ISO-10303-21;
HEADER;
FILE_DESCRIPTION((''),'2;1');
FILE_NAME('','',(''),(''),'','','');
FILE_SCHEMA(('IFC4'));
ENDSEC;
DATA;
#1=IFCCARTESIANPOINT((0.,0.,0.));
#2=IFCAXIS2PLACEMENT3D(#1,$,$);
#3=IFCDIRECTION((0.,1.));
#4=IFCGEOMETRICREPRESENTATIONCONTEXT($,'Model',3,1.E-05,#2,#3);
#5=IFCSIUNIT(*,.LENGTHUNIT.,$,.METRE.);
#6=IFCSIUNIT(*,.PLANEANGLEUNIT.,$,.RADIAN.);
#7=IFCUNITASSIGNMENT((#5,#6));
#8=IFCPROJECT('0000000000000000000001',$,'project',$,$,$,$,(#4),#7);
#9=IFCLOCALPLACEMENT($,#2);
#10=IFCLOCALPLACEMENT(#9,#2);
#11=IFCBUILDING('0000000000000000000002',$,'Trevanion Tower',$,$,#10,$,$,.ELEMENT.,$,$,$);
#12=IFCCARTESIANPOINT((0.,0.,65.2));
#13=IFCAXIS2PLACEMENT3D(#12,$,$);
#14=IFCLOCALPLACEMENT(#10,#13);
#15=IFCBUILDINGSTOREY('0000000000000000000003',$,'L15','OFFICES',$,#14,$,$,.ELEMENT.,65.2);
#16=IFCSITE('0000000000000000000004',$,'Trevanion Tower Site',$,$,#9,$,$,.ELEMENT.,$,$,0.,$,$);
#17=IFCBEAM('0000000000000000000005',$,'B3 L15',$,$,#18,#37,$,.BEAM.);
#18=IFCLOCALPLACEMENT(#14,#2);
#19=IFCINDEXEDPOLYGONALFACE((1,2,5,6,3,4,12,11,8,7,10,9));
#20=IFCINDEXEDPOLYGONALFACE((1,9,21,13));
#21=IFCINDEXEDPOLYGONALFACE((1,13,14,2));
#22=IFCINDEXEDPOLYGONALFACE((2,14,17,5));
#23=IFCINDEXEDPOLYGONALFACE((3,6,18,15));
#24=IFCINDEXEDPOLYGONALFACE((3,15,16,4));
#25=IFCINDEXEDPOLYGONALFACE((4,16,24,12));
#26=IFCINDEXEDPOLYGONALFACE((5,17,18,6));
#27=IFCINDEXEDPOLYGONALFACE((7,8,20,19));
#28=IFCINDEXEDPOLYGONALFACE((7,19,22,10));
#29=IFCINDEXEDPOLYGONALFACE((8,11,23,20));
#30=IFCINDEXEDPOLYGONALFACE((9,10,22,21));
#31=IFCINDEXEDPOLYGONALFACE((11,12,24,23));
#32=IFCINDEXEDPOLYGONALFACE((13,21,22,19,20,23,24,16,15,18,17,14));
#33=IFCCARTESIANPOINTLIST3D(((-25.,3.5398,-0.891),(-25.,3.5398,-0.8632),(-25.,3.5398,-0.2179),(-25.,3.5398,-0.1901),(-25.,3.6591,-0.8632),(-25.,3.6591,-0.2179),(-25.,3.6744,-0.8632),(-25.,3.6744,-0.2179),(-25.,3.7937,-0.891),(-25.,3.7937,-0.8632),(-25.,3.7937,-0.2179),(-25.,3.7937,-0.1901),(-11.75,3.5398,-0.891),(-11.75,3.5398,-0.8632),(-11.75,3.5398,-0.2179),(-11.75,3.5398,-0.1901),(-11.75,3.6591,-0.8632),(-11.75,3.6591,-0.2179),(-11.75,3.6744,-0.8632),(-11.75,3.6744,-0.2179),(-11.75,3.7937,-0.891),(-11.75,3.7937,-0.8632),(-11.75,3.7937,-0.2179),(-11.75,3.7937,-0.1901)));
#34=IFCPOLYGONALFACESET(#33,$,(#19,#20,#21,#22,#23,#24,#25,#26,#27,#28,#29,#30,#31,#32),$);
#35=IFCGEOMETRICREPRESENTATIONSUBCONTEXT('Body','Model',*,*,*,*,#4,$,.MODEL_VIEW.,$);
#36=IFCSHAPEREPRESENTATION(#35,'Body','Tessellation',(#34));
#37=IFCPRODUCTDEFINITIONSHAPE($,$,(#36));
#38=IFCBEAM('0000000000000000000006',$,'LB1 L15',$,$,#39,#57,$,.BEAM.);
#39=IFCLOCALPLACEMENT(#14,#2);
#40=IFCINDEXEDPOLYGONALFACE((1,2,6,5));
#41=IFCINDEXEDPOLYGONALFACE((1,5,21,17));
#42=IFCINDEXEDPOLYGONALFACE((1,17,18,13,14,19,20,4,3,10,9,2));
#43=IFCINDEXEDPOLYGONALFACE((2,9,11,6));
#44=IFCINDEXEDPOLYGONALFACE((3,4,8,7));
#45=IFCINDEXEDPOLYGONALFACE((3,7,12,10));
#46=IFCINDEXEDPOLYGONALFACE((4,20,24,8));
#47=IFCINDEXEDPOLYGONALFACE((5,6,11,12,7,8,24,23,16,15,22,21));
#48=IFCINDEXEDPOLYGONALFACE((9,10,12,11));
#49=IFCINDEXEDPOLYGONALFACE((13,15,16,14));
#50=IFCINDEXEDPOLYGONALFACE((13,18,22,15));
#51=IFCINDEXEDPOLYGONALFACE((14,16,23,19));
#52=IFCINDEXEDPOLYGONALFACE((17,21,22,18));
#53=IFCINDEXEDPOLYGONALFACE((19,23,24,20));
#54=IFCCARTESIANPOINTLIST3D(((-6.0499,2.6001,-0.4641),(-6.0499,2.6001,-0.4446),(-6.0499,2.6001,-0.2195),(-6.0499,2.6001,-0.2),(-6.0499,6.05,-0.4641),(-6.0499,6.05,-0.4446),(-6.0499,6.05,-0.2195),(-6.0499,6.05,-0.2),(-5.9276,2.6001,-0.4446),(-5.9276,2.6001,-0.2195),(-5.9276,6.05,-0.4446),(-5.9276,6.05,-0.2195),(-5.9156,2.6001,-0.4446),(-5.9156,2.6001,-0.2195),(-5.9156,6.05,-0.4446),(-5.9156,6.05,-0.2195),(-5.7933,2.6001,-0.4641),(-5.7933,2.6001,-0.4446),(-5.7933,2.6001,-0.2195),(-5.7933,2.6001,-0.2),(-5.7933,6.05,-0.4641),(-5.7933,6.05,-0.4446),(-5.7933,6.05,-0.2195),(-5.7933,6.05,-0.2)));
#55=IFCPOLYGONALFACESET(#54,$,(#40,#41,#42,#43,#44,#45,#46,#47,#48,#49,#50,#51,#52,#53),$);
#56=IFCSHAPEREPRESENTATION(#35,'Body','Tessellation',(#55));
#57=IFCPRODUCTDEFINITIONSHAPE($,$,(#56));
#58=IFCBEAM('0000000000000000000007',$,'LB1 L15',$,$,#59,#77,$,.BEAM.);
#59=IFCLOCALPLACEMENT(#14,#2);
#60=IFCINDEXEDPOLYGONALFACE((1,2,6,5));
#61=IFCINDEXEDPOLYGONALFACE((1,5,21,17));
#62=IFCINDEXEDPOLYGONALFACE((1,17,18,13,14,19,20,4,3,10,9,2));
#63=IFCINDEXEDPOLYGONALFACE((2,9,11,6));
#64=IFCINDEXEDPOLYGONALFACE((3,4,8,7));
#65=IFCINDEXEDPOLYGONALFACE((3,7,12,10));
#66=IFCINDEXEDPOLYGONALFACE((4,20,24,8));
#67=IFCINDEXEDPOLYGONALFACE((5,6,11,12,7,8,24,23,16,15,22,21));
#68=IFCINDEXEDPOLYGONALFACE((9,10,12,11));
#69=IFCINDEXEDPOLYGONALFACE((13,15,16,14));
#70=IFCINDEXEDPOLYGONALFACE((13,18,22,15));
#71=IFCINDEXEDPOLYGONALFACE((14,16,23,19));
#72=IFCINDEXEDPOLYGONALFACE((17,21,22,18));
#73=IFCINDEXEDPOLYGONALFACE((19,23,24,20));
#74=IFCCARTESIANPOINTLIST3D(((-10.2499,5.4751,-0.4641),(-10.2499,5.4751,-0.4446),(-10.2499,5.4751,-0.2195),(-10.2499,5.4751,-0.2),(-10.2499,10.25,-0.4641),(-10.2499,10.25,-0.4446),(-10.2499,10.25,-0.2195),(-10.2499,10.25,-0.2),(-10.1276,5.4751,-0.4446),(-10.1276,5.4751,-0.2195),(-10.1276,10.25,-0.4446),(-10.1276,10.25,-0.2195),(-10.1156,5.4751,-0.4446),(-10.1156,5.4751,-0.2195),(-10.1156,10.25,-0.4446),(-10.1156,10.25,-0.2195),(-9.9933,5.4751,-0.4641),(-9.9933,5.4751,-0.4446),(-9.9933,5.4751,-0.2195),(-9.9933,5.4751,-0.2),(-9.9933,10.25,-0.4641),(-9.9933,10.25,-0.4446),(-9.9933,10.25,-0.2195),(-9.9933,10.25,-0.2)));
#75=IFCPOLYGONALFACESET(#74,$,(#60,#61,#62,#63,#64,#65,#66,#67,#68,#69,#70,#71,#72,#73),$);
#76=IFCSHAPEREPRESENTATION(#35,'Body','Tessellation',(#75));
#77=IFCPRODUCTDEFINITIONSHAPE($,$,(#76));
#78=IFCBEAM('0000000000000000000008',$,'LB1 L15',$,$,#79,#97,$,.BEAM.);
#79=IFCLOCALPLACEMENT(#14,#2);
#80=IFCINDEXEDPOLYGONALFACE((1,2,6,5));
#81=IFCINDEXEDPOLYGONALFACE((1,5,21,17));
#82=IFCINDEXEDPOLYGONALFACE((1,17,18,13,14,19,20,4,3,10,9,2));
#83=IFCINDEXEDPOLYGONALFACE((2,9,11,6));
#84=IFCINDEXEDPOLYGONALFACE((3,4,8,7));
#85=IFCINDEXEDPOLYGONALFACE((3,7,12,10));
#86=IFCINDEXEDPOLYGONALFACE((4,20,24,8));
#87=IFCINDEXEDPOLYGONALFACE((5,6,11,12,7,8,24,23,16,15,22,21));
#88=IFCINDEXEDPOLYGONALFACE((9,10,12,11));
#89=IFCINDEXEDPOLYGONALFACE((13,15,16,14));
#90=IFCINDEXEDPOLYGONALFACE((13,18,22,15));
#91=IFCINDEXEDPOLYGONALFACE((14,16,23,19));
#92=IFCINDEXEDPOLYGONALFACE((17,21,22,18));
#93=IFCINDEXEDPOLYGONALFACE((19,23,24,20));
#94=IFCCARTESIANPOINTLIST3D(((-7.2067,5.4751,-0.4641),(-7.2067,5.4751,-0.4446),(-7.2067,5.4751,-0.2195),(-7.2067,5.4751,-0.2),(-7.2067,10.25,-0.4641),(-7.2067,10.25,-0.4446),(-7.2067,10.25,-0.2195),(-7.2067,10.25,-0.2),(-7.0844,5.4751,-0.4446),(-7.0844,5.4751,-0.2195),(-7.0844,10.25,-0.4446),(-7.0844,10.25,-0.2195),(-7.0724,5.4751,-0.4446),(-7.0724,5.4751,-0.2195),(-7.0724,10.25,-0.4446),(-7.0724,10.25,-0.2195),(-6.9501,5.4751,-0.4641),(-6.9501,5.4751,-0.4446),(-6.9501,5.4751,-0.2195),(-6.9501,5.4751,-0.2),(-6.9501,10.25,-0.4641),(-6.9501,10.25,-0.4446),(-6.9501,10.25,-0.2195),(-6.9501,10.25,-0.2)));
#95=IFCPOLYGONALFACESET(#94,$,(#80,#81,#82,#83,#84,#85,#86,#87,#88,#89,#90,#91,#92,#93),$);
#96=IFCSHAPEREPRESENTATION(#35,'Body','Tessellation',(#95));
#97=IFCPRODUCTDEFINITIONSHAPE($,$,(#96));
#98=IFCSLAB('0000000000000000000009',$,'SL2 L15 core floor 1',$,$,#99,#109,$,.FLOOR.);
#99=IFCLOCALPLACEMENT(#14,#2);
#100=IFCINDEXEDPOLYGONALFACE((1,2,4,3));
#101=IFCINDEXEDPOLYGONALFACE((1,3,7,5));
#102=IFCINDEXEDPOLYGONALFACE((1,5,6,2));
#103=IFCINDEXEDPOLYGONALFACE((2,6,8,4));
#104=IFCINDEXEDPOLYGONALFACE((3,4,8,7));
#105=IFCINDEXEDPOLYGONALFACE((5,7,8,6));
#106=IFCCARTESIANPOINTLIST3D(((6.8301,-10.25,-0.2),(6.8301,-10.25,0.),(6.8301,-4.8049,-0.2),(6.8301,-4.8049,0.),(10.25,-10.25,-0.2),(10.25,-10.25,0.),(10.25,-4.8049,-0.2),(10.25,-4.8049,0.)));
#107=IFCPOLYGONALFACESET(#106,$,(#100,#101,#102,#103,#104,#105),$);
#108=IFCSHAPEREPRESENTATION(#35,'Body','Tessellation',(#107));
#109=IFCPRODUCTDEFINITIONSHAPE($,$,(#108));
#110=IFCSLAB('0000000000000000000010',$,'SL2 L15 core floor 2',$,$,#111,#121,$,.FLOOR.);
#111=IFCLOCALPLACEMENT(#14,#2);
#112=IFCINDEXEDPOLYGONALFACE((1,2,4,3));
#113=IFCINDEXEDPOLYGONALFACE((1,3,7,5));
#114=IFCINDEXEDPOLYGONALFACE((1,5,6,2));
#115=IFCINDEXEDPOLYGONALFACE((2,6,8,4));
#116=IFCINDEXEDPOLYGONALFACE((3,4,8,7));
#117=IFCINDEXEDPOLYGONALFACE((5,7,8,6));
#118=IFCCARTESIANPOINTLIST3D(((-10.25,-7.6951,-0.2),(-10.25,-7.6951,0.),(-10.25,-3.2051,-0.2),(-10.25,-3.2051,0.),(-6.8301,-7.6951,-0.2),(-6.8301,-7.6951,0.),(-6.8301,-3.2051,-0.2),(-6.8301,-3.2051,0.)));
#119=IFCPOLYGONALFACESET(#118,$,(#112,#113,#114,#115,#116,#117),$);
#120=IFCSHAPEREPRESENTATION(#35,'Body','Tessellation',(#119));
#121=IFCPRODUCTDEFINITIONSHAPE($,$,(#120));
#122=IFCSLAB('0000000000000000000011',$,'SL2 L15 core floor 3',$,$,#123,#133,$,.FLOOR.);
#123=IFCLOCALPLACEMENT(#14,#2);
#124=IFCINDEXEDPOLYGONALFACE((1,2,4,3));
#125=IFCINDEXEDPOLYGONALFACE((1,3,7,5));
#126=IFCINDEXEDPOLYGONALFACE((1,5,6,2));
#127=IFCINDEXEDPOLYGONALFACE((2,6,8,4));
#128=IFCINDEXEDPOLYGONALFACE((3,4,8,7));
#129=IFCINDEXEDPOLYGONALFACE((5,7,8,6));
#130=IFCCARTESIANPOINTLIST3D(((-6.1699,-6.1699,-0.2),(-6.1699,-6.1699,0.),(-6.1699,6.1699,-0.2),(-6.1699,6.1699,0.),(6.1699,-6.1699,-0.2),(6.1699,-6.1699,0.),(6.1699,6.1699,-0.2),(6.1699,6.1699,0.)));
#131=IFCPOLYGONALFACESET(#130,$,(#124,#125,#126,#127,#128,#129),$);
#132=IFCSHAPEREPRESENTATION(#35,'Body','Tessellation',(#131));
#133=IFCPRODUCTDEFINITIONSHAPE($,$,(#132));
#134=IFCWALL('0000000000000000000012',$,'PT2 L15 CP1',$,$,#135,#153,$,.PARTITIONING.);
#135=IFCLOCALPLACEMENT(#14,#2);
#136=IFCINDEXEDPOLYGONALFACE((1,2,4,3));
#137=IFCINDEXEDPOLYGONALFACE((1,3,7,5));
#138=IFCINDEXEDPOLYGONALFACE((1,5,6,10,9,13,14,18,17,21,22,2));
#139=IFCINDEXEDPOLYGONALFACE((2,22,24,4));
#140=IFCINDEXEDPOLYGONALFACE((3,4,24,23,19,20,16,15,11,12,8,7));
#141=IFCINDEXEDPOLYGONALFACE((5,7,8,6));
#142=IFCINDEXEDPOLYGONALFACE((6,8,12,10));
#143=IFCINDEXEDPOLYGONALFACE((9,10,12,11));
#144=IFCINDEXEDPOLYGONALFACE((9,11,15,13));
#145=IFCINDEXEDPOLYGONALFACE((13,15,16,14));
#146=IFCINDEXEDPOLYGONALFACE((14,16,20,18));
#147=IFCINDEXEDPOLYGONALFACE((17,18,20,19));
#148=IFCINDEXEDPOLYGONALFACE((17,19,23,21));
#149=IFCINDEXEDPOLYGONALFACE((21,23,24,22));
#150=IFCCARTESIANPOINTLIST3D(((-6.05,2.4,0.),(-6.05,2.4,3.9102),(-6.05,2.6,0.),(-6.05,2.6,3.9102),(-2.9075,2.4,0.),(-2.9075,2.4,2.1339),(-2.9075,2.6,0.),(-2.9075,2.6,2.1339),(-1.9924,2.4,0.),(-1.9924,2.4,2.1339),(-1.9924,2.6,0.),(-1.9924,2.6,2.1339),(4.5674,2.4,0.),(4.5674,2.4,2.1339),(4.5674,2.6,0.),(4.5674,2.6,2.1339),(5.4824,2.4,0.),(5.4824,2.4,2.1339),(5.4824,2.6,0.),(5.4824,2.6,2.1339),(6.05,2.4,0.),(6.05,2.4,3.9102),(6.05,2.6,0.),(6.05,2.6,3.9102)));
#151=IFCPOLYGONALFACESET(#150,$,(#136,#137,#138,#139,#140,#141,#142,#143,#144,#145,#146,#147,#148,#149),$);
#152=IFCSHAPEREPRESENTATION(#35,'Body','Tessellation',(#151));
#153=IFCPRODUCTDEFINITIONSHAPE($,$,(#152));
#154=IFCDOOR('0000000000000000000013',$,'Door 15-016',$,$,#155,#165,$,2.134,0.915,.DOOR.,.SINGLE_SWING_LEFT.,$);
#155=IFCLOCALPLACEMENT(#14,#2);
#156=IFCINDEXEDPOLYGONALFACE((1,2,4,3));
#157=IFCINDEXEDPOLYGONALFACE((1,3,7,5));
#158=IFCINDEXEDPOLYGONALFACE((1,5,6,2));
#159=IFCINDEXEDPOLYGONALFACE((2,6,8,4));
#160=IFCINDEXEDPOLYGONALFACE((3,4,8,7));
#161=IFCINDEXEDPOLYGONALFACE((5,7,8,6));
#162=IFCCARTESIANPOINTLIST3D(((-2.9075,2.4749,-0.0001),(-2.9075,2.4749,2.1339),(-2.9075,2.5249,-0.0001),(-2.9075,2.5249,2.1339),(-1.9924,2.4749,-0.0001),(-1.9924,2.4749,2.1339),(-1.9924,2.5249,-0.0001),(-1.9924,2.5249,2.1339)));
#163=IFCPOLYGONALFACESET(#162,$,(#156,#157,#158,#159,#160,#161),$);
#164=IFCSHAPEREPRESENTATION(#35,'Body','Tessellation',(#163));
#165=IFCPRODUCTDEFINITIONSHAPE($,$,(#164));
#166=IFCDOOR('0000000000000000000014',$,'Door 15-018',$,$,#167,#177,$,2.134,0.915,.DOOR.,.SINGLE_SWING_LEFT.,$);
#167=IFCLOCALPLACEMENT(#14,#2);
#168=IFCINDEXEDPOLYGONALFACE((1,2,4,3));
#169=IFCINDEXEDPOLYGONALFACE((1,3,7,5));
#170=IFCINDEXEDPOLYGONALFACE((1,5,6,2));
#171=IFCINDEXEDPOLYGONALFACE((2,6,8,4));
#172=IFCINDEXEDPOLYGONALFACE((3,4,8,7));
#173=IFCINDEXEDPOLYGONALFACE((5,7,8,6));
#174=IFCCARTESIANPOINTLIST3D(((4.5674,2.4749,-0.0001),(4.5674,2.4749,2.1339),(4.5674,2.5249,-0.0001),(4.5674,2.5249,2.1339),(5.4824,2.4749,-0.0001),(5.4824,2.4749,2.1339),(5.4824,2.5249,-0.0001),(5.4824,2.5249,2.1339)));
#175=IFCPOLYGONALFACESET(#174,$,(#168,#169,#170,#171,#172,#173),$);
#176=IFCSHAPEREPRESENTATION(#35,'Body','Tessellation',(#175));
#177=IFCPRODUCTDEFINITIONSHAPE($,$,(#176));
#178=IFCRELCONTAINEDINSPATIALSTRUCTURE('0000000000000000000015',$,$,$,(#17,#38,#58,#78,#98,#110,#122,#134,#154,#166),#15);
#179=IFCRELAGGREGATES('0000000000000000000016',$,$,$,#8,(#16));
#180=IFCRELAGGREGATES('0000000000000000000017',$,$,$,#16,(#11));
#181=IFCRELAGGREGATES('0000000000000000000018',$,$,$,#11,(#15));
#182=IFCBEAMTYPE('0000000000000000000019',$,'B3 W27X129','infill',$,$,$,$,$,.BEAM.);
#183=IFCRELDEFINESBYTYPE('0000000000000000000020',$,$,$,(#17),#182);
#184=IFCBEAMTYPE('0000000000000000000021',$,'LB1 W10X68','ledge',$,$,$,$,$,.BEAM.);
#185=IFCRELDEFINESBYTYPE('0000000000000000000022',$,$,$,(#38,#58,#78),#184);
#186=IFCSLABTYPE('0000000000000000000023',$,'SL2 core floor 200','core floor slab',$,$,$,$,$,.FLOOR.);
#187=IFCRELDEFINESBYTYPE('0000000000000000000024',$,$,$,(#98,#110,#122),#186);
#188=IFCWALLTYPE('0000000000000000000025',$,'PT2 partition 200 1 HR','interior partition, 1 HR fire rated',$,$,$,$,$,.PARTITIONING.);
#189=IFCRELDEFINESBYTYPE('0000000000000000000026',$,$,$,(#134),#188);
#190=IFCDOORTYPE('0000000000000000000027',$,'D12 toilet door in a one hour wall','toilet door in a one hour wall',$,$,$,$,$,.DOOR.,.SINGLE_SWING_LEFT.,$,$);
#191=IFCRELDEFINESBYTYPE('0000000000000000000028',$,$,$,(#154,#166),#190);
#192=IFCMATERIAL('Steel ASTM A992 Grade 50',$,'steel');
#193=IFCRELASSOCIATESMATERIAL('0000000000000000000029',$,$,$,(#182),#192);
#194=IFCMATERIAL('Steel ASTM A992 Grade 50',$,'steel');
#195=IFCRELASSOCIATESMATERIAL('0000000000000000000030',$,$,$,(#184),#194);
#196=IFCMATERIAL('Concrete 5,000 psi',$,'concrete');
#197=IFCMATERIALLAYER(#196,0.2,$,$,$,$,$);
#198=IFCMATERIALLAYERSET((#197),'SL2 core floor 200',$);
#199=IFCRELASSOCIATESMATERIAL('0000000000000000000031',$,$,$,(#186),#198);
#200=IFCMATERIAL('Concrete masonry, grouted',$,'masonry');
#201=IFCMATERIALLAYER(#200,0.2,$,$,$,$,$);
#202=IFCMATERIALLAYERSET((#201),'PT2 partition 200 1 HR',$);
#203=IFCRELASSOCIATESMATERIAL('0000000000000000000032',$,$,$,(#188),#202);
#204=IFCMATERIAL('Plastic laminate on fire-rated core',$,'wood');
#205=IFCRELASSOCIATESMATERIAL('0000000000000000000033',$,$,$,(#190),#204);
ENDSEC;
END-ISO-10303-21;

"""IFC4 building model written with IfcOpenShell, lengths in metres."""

from ifc_helpers import new_model, si_unit, direction, frame, frame_2d, origin, origin_2d, place, context, subcontext, project, spatial, polyline, rectangle, i_section, outline, extrude, material, layer, layer_set, material_profile, profile_set, type_object, element, fill, save


model = new_model("IFC4")

# Units and contexts
model_context = context("Model", 3, precision=1e-05, world=origin(), true_north=direction((0.0, 1.0)))
body_context = subcontext(model_context, "Body", "Model", "MODEL_VIEW")
ifc_project = project(units=[si_unit("LENGTHUNIT", "METRE"), si_unit("PLANEANGLEUNIT", "RADIAN")], contexts=[model_context])

# Site, building, storey
site_placement = place(None, origin())
site = spatial("IfcSite", under=ifc_project, at=site_placement, Name="Trevanion Tower Site", CompositionType="ELEMENT", RefElevation=0.0)
building_placement = place(site_placement, origin())
building = spatial("IfcBuilding", under=site, at=building_placement, Name="Trevanion Tower", CompositionType="ELEMENT")
storey_placement = place(building_placement, frame((0.0, 0.0, 65.2)))
storey = spatial("IfcBuildingStorey", under=building, at=storey_placement, Name="L15", Description="OFFICES", CompositionType="ELEMENT", Elevation=65.2)

# Beams
ifc_material_1 = material(Name="Steel ASTM A992 Grade 50", Category="steel")
ifc_material_profile_1 = material_profile(ifc_material_1, i_section(OverallWidth=0.2539, OverallDepth=0.7009, WebThickness=0.0154, FlangeThickness=0.0278, at=origin_2d()), Name="W27X129")
ifc_profile_set_1 = profile_set([ifc_material_profile_1], Name="Steel ASTM A992 Grade 50")
beam_type_1 = type_object("IfcBeamType", Name="B3 W27X129", Description="infill", PredefinedType="BEAM", material=ifc_profile_set_1)
beam_1_placement = place(storey_placement, frame((-11.75, 3.6667, -0.5405), z_axis=(-1.0, 0.0, 0.0), x_axis=(0.0, -1.0, 0.0)))
element("IfcBeam", 1, at=beam_1_placement, inside=storey, type_object=beam_type_1, Name="B3 L15", PredefinedType="BEAM", context=body_context, shape_type="SweptSolid", body=[
    extrude(i_section(OverallWidth=0.2539, OverallDepth=0.7009, WebThickness=0.0154, FlangeThickness=0.0278, at=origin_2d()), origin(), (0.0, 0.0, 1.0), 13.25),
])
ifc_material_2 = material(Name="Steel ASTM A992 Grade 50", Category="steel")
ifc_material_profile_2 = material_profile(ifc_material_2, i_section(OverallWidth=0.2566, OverallDepth=0.2642, WebThickness=0.012, FlangeThickness=0.0195, at=origin_2d()), Name="W10X68")
ifc_profile_set_2 = profile_set([ifc_material_profile_2], Name="Steel ASTM A992 Grade 50")
beam_type_2 = type_object("IfcBeamType", Name="LB1 W10X68", Description="ledge", PredefinedType="BEAM", material=ifc_profile_set_2)
beam_2_placement = place(storey_placement, frame((-5.9216, 2.6001, -0.332), z_axis=(0.0, 1.0, 0.0), x_axis=(-1.0, 0.0, 0.0)))
element("IfcBeam", 2, at=beam_2_placement, inside=storey, type_object=beam_type_2, Name="LB1 L15", PredefinedType="BEAM", context=body_context, shape_type="SweptSolid", body=[
    extrude(i_section(OverallWidth=0.2566, OverallDepth=0.2642, WebThickness=0.012, FlangeThickness=0.0195, at=origin_2d()), origin(), (0.0, 0.0, 1.0), 3.45),
])
for number, where, z_axis, x_axis, name in (
    (3, (-10.1216, 5.4751, -0.332), (0.0, 1.0, 0.0), (-1.0, 0.0, 0.0), "LB1 L15"),
    (4, (-7.0784, 5.4751, -0.332), (0.0, 1.0, 0.0), (-1.0, 0.0, 0.0), "LB1 L15"),
):
    element("IfcBeam", number, at=place(storey_placement, frame(where, z_axis=z_axis, x_axis=x_axis)), inside=storey, type_object=beam_type_2, Name=name, PredefinedType="BEAM", context=body_context, shape_type="SweptSolid", body=[
        extrude(i_section(OverallWidth=0.2566, OverallDepth=0.2642, WebThickness=0.012, FlangeThickness=0.0195, at=origin_2d()), origin(), (0.0, 0.0, 1.0), 4.7749),
    ])

# Slabs
ifc_material_3 = material(Name="Concrete 5,000 psi", Category="concrete")
ifc_layer_1 = layer(ifc_material_3, 0.2)
ifc_layer_set_1 = layer_set([ifc_layer_1], Name="SL2 core floor 200")
slab_type = type_object("IfcSlabType", Name="SL2 core floor 200", Description="core floor slab", PredefinedType="FLOOR", material=ifc_layer_set_1)
slab_1_placement = place(storey_placement, frame((0.0, 0.0, -0.2)))
element("IfcSlab", 5, at=slab_1_placement, inside=storey, type_object=slab_type, Name="SL2 L15 core floor 1", PredefinedType="FLOOR", context=body_context, shape_type="SweptSolid", body=[
    extrude(outline(polyline([(10.25, -4.8049), (10.25, -10.25), (6.8301, -10.25), (6.8301, -4.8049), (10.25, -4.8049)])), origin(), (0.0, 0.0, 1.0), 0.2),
])
slab_2_placement = place(storey_placement, frame((0.0, 0.0, -0.2)))
element("IfcSlab", 6, at=slab_2_placement, inside=storey, type_object=slab_type, Name="SL2 L15 core floor 2", PredefinedType="FLOOR", context=body_context, shape_type="SweptSolid", body=[
    extrude(outline(polyline([(-6.8301, -3.2051), (-6.8301, -7.6951), (-10.25, -7.6951), (-10.25, -3.2051), (-6.8301, -3.2051)])), origin(), (0.0, 0.0, 1.0), 0.2),
])
slab_3_placement = place(storey_placement, frame((0.0, 0.0, -0.2)))
element("IfcSlab", 7, at=slab_3_placement, inside=storey, type_object=slab_type, Name="SL2 L15 core floor 3", PredefinedType="FLOOR", context=body_context, shape_type="SweptSolid", body=[
    extrude(outline(polyline([(6.1699, -6.1699), (-6.1699, -6.1699), (-6.1699, 6.1699), (6.1699, 6.1699), (6.1699, -6.1699)])), origin(), (0.0, 0.0, 1.0), 0.2),
])

# Wall, openings, doors
ifc_material_4 = material(Name="Concrete masonry, grouted", Category="masonry")
ifc_layer_2 = layer(ifc_material_4, 0.2)
ifc_layer_set_2 = layer_set([ifc_layer_2], Name="PT2 partition 200 1 HR")
wall_type_1 = type_object("IfcWallType", Name="PT2 partition 200 1 HR", Description="interior partition, 1 HR fire rated", PredefinedType="PARTITIONING", material=ifc_layer_set_2)
wall_1_placement = place(storey_placement, frame((-6.05, 2.5, 0.0), z_axis=(0.0, 0.0, 1.0), x_axis=(1.0, 0.0, 0.0)))
wall_1 = element("IfcWall", 8, at=wall_1_placement, inside=storey, type_object=wall_type_1, Name="PT2 L15 CP1", PredefinedType="PARTITIONING", context=body_context, shape_type="SweptSolid", body=[
    extrude(rectangle(XDim=12.1001, YDim=0.2, at=frame_2d((6.05, 0.0))), origin(), (0.0, 0.0, 1.0), 3.9102),
])
opening_1_placement = place(wall_1_placement, frame((3.1426, 0.0, 0.0)))
opening_1 = element("IfcOpeningElement", 9, at=opening_1_placement, cuts=wall_1, PredefinedType="OPENING", context=body_context, shape_type="SweptSolid", body=[
    extrude(rectangle(XDim=0.915, YDim=2.134, at=frame_2d((0.4575, 1.0669))), frame((0.0, 0.1099, 0.0), z_axis=(0.0, -1.0, 0.0), x_axis=(1.0, 0.0, 0.0)), (0.0, 0.0, 1.0), 0.22),
])
opening_2_placement = place(wall_1_placement, frame((10.6174, 0.0, 0.0)))
opening_2 = element("IfcOpeningElement", 10, at=opening_2_placement, cuts=wall_1, PredefinedType="OPENING", context=body_context, shape_type="SweptSolid", body=[
    extrude(rectangle(XDim=0.915, YDim=2.134, at=frame_2d((0.4575, 1.0669))), frame((0.0, 0.1099, 0.0), z_axis=(0.0, -1.0, 0.0), x_axis=(1.0, 0.0, 0.0)), (0.0, 0.0, 1.0), 0.22),
])
ifc_material_5 = material(Name="Plastic laminate on fire-rated core", Category="wood")
door_type = type_object("IfcDoorType", Name="D12 toilet door in a one hour wall", Description="toilet door in a one hour wall", OperationType="SINGLE_SWING_LEFT", PredefinedType="DOOR", material=ifc_material_5)
door_1_placement = place(opening_1_placement, origin())
door_1 = element("IfcDoor", 11, at=door_1_placement, inside=storey, type_object=door_type, Name="Door 15-016", OperationType="SINGLE_SWING_LEFT", OverallHeight=2.134, OverallWidth=0.915, PredefinedType="DOOR", context=body_context, shape_type="SweptSolid", body=[
    extrude(rectangle(XDim=0.915, YDim=2.134, at=frame_2d((0.4575, 1.0669))), frame((0.0, 0.0249, 0.0), z_axis=(0.0, -1.0, 0.0), x_axis=(1.0, 0.0, 0.0)), (0.0, 0.0, 1.0), 0.05),
])
fill(opening_1, door_1)
door_2_placement = place(opening_2_placement, origin())
door_2 = element("IfcDoor", 12, at=door_2_placement, inside=storey, type_object=door_type, Name="Door 15-018", OperationType="SINGLE_SWING_LEFT", OverallHeight=2.134, OverallWidth=0.915, PredefinedType="DOOR", context=body_context, shape_type="SweptSolid", body=[
    extrude(rectangle(XDim=0.915, YDim=2.134, at=frame_2d((0.4575, 1.0669))), frame((0.0, 0.0249, 0.0), z_axis=(0.0, -1.0, 0.0), x_axis=(1.0, 0.0, 0.0)), (0.0, 0.0, 1.0), 0.05),
])
fill(opening_2, door_2)

save(model, "model.ifc")
